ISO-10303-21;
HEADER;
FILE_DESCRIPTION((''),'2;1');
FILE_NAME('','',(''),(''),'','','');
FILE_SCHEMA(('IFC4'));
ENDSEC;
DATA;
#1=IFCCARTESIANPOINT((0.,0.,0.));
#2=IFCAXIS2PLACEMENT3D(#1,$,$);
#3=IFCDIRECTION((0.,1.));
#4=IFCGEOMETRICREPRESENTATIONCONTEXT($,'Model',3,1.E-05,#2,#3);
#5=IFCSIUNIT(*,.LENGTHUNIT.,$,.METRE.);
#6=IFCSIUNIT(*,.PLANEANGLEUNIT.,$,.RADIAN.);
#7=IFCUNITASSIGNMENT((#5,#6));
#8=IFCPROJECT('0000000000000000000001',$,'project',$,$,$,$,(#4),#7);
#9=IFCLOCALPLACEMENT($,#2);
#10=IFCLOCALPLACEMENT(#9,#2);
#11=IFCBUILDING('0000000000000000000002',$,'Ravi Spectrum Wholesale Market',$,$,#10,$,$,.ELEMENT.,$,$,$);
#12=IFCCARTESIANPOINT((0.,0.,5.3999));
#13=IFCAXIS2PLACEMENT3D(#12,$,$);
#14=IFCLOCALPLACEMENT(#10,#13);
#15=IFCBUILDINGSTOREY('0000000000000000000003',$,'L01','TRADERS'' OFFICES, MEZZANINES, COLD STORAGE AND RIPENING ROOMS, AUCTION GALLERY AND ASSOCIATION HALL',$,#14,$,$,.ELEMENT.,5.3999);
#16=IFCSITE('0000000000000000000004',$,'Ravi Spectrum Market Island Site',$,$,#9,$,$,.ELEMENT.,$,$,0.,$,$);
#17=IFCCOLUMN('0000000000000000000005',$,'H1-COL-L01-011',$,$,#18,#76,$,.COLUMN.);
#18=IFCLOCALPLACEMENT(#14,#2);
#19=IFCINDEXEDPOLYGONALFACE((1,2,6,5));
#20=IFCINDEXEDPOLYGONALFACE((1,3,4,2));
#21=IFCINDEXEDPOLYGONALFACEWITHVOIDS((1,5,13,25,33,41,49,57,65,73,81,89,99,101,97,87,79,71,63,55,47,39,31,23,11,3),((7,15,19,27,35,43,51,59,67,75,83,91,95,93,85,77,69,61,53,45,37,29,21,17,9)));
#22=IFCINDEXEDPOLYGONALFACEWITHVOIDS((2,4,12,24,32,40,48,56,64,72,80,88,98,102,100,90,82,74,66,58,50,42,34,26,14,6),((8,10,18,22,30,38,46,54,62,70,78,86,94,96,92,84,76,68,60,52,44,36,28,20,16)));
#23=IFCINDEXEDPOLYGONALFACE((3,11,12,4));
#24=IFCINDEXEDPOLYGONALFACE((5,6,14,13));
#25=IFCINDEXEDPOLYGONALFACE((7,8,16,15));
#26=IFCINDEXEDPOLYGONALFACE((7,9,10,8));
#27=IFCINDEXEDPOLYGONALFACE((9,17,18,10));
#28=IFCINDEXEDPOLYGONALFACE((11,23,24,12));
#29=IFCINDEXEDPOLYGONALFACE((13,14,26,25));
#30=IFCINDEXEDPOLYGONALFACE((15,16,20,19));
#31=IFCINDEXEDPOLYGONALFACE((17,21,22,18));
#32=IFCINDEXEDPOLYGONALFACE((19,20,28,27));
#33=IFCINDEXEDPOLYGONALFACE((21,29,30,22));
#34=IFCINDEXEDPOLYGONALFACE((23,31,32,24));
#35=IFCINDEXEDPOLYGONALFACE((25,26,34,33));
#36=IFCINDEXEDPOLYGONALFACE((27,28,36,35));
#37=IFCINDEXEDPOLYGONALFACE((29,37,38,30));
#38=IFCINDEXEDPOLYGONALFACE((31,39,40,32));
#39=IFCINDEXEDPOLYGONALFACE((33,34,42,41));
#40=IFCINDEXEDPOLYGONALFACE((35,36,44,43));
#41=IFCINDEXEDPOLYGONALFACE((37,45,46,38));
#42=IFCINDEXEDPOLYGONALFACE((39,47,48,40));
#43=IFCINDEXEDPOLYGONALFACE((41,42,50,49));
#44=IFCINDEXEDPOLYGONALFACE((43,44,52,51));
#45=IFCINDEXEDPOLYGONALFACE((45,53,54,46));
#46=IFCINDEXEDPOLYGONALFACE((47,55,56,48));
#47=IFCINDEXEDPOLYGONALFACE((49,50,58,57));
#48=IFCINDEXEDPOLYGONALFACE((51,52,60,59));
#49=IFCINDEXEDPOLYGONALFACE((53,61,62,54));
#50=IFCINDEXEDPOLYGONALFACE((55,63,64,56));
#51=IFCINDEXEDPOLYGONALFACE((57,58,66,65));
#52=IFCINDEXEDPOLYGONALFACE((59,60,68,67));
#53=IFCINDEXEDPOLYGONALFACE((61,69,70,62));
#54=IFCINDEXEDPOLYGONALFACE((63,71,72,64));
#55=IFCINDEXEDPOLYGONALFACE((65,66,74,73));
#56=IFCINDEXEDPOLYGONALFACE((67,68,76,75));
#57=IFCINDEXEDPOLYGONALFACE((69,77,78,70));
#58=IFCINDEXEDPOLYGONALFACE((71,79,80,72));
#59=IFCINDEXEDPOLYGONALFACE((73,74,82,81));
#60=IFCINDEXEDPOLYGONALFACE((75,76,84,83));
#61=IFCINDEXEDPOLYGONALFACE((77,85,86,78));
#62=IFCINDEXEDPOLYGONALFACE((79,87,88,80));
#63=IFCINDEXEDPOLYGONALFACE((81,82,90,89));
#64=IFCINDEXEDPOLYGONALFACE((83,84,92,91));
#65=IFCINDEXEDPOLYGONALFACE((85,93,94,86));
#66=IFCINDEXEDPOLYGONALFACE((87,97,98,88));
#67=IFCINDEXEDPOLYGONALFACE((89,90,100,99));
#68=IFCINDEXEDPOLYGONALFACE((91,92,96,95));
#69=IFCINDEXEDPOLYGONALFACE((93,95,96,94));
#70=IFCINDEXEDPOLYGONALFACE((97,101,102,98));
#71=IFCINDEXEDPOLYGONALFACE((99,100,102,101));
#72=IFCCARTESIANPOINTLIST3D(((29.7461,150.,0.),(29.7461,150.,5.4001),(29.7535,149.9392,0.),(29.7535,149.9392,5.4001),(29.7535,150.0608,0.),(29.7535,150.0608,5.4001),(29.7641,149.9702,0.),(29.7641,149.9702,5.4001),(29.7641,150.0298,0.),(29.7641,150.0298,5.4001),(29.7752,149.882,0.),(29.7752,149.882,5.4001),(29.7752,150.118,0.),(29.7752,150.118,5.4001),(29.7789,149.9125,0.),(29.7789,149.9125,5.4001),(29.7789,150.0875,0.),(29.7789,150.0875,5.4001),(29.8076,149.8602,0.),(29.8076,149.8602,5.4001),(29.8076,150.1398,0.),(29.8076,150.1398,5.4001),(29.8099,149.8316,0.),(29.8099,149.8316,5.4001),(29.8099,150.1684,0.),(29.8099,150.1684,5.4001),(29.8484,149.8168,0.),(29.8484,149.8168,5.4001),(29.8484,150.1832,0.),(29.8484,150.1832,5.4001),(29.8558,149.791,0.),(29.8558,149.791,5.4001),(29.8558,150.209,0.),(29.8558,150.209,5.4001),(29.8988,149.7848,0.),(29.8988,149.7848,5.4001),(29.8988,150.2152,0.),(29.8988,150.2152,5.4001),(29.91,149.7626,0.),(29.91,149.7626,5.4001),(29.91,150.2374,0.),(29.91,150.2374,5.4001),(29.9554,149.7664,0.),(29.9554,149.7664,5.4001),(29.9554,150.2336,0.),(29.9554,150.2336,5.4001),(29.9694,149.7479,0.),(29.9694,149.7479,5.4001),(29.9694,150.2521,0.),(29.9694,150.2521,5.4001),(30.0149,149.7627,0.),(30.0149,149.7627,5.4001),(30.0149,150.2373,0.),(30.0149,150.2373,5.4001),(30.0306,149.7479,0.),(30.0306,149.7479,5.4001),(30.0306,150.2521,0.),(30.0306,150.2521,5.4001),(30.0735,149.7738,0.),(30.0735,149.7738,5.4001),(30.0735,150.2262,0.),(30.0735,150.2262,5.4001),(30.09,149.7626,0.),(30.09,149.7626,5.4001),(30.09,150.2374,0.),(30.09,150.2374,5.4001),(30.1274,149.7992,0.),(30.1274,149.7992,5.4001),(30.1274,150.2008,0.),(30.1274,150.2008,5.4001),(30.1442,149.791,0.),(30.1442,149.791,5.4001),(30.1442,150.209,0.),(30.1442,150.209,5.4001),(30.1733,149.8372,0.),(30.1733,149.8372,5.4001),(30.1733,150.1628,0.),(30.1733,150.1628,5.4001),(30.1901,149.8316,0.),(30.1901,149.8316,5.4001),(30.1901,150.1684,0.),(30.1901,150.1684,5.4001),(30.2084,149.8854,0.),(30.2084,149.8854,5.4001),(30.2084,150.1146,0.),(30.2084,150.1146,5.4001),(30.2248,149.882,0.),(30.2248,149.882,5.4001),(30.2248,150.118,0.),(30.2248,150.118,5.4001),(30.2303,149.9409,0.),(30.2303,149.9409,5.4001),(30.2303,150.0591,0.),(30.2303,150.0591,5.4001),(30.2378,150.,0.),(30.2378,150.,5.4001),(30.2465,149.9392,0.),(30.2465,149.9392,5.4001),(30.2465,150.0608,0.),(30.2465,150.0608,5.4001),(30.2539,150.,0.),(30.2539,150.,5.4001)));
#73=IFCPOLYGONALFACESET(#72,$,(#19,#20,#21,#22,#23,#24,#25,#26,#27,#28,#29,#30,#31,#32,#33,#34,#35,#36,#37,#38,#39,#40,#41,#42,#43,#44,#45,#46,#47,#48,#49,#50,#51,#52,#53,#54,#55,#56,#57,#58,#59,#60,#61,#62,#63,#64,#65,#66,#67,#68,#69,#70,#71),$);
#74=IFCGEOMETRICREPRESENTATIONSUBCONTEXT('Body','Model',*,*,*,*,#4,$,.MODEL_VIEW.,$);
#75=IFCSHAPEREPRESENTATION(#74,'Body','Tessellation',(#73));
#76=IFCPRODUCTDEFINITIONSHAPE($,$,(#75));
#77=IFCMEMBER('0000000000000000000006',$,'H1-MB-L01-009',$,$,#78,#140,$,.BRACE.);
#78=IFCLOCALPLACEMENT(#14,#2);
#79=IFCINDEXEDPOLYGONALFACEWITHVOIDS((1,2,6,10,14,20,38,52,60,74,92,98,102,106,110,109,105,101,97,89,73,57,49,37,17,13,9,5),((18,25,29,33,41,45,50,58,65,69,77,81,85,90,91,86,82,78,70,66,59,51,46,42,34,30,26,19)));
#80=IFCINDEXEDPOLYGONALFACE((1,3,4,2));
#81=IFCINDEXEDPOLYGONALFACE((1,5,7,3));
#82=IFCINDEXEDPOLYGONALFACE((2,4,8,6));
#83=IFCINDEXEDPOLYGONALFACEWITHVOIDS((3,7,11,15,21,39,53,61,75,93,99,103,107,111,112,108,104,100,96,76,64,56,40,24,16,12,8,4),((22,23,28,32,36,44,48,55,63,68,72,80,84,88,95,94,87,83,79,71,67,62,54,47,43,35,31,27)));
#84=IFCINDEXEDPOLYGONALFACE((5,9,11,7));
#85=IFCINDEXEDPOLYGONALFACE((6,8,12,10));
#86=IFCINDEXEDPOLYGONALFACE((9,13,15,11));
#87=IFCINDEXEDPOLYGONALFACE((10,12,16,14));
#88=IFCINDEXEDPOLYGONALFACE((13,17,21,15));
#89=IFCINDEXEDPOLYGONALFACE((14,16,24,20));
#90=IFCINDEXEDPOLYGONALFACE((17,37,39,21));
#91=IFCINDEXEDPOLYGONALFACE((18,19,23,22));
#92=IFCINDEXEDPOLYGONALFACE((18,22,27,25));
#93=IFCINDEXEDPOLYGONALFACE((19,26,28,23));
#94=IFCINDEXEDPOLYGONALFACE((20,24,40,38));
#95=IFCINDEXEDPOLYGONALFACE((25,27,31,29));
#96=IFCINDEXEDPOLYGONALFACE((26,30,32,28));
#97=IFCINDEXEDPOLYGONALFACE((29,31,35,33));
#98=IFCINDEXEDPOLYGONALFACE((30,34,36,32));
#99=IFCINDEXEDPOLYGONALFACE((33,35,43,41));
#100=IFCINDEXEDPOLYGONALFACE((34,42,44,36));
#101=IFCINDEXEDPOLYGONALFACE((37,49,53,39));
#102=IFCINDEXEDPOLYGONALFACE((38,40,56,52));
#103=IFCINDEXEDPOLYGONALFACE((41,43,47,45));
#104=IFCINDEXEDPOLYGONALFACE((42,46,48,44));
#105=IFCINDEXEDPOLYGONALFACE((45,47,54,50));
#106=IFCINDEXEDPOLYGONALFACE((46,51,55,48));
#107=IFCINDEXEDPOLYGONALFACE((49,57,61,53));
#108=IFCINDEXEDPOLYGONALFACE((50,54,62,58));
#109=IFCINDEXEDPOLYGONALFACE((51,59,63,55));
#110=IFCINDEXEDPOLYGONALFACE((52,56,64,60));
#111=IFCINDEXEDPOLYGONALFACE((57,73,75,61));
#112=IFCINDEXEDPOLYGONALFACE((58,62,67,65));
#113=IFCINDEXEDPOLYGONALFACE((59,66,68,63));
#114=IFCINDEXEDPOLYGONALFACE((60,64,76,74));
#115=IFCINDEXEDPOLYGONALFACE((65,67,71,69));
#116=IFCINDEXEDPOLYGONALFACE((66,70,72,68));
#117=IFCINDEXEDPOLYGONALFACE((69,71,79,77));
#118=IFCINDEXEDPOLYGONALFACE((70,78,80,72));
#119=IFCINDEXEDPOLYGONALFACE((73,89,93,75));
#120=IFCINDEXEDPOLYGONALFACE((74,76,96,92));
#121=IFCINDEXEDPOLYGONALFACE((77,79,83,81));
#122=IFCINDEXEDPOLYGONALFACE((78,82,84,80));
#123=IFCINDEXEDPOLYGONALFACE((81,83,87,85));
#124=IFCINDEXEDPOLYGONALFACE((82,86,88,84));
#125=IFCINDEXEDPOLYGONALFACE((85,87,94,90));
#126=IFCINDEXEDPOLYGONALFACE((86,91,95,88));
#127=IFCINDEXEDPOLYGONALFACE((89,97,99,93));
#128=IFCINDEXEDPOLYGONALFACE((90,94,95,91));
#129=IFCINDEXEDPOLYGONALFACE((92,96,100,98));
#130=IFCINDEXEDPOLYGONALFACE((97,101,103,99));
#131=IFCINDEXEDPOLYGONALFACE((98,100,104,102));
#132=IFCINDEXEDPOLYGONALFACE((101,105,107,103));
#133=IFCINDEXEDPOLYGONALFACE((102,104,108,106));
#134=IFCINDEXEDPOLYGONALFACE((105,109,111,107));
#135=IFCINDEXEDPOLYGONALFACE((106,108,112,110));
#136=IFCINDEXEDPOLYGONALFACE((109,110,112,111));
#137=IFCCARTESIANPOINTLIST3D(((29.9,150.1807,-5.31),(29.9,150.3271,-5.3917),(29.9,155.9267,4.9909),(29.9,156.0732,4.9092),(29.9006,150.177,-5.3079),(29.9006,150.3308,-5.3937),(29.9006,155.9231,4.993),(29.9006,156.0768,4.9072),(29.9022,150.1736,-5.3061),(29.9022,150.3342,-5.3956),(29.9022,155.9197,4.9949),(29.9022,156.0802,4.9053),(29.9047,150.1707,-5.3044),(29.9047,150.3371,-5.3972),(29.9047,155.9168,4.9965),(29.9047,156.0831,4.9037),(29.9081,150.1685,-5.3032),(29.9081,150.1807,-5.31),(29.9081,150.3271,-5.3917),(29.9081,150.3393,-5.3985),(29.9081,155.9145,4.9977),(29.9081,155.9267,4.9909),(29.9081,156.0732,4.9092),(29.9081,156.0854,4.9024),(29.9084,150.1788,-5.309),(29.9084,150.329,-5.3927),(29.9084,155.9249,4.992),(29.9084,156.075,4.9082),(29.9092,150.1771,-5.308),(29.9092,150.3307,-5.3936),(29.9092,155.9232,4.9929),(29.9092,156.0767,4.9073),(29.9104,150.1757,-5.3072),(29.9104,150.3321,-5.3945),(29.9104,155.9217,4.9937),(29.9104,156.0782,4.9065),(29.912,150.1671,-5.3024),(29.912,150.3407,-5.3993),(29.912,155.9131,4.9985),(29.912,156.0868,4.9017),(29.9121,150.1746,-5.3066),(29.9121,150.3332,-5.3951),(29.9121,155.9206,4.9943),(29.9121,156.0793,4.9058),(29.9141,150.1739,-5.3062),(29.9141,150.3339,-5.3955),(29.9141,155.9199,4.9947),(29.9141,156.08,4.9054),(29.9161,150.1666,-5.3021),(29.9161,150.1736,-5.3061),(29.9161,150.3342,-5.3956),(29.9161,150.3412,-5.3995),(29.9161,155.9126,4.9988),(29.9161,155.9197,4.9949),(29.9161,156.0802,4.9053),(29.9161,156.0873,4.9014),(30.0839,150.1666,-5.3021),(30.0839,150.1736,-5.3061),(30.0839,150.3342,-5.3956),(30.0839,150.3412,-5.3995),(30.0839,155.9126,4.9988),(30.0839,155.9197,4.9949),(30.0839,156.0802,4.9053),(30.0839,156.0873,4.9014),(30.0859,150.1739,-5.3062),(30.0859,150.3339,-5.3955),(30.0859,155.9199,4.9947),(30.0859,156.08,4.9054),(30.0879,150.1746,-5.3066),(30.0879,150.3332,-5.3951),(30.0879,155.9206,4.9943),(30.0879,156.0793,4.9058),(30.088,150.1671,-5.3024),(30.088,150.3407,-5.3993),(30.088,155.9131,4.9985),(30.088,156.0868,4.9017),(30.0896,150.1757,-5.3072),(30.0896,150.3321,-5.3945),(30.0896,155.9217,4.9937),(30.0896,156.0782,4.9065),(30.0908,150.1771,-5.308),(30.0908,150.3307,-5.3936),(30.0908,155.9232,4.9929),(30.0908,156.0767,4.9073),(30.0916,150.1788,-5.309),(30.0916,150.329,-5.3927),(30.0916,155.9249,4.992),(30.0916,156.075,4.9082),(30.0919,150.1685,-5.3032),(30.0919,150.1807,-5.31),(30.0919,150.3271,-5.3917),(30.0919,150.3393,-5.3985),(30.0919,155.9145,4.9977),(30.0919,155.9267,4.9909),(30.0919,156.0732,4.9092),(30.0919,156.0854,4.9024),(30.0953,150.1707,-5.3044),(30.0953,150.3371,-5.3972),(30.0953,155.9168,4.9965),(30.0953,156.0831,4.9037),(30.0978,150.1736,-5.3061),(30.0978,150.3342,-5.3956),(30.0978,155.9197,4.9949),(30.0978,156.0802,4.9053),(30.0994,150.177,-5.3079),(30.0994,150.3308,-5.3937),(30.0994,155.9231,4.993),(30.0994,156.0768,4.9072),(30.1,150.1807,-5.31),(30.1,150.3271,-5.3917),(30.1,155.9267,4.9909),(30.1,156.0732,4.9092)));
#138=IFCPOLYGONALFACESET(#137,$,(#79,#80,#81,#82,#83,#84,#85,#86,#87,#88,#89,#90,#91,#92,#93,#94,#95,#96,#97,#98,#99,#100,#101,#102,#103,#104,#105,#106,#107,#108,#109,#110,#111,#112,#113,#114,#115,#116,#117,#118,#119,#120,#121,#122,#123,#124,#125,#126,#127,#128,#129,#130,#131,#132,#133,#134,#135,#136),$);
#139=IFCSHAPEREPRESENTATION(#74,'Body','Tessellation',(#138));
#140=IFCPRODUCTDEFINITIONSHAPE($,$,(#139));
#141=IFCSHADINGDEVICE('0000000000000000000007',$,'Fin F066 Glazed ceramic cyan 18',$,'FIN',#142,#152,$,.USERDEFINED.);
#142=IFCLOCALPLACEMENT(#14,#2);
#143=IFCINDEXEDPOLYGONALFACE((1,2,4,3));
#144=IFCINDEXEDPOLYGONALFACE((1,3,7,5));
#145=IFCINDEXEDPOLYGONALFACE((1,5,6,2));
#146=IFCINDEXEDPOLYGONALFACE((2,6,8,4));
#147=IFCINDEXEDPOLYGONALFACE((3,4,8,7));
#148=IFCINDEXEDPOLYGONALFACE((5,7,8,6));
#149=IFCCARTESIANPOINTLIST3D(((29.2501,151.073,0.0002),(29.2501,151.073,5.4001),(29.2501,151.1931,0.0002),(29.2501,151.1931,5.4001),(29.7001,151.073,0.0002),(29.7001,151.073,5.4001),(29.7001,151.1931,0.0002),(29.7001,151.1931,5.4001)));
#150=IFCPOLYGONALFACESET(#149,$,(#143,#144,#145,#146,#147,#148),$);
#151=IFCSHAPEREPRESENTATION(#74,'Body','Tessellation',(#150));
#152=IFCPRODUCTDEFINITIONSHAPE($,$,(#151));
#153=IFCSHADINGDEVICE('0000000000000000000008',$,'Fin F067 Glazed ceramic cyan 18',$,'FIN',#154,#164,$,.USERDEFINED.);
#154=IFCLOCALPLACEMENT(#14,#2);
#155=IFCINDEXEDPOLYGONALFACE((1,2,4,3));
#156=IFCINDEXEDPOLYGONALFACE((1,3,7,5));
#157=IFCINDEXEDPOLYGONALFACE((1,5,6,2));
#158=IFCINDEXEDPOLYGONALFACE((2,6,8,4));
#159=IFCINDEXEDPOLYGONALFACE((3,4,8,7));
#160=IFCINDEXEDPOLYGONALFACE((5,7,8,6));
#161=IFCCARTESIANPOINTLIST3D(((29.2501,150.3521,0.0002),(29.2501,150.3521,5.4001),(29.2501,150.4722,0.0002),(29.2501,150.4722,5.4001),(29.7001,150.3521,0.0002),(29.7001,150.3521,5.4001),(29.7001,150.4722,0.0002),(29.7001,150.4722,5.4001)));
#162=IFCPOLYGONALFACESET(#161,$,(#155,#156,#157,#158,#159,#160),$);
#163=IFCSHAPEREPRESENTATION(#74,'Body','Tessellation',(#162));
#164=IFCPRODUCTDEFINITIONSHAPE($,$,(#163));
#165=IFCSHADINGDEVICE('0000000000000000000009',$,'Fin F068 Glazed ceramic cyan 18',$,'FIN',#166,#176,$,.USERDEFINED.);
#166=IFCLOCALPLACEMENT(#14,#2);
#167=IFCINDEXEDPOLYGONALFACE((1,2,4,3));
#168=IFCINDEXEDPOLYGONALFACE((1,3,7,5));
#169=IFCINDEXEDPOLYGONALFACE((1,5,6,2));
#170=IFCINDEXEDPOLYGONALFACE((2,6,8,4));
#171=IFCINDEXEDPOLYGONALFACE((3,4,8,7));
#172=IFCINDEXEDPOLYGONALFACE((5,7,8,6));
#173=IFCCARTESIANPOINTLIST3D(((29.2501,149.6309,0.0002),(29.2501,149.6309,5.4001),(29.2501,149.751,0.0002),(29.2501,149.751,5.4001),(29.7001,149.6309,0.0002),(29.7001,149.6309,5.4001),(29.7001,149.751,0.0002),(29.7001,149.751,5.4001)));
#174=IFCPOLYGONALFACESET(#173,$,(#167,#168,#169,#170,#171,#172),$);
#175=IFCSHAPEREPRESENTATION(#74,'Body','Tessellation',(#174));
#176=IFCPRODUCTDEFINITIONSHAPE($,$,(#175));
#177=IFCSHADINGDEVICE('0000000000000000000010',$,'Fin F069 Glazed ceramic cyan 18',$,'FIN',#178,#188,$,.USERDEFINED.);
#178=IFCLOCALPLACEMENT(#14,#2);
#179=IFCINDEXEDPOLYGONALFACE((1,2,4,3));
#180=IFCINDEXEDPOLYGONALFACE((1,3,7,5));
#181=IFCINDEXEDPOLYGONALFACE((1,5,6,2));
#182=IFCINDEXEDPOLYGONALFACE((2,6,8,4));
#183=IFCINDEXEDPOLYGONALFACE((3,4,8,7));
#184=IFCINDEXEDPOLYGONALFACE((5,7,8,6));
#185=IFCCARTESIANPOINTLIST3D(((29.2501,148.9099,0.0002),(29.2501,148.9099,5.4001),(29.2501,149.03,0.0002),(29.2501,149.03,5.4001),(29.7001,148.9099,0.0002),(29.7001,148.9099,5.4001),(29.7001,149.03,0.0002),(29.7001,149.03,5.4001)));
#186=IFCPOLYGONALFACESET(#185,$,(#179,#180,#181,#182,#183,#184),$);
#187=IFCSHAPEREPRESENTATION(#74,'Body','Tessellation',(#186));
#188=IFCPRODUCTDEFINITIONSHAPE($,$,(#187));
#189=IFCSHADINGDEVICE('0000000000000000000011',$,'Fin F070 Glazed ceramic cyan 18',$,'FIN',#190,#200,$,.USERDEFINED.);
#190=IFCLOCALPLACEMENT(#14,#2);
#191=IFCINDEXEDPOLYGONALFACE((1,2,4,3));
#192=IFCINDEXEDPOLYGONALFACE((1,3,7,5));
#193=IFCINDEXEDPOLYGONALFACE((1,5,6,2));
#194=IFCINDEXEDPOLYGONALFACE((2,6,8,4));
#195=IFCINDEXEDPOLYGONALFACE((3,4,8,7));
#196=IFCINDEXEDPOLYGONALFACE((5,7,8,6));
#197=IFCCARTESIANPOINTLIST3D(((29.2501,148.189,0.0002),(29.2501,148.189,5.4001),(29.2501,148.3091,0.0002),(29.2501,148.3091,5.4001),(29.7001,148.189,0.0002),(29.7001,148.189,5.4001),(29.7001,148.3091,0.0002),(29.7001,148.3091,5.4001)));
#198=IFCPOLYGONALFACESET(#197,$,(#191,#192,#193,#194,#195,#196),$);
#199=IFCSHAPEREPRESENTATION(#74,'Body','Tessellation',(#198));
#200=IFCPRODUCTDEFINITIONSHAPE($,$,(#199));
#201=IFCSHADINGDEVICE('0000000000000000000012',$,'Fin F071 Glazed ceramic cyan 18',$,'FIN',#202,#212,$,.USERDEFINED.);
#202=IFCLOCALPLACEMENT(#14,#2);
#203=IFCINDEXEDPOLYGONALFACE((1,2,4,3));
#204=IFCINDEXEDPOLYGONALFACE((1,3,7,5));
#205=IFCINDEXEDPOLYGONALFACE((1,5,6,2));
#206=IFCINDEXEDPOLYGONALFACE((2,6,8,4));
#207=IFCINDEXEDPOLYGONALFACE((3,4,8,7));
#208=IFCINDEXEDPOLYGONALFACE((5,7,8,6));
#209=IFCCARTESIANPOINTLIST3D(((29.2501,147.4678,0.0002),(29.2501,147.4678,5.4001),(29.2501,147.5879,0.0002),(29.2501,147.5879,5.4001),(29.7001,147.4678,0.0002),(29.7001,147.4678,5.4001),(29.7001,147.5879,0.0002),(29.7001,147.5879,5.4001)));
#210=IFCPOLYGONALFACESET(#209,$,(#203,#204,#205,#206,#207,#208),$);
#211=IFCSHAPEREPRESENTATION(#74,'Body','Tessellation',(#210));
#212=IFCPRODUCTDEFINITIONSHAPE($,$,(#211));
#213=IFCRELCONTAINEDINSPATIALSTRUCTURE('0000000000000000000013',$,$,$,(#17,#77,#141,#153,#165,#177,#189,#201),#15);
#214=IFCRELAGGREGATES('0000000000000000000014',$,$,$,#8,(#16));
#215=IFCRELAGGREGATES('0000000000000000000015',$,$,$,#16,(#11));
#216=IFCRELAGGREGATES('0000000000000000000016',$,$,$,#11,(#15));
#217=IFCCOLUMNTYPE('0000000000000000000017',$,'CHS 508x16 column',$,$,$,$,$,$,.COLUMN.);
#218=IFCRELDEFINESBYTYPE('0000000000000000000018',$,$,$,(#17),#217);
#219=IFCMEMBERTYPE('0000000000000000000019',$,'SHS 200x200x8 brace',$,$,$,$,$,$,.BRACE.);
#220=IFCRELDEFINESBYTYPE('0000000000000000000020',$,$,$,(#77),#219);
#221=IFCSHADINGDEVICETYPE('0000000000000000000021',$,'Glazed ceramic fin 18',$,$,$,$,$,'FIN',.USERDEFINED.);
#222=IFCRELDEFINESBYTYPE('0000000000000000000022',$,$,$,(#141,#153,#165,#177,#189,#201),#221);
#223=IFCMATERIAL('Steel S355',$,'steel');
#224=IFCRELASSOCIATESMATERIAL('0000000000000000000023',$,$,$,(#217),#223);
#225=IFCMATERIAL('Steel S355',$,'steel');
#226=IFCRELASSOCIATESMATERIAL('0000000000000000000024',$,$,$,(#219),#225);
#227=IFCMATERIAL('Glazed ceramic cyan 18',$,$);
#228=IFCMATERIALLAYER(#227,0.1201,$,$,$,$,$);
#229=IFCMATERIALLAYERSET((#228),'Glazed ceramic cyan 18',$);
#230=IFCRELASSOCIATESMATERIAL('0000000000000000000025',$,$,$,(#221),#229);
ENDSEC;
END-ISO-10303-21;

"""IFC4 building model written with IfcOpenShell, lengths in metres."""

from ifc_helpers import new_model, si_unit, direction, frame, origin, origin_2d, place, context, subcontext, project, spatial, rectangle, hollow_rectangle, hollow_circle, extrude, material, layer, layer_set, material_profile, profile_set, type_object, element, save


model = new_model("IFC4")

# Units and contexts
model_context = context("Model", 3, precision=1e-05, world=origin(), true_north=direction((0.0, 1.0)))
body_context = subcontext(model_context, "Body", "Model", "MODEL_VIEW")
ifc_project = project(units=[si_unit("LENGTHUNIT", "METRE"), si_unit("PLANEANGLEUNIT", "RADIAN")], contexts=[model_context])

# Site, building, storey
site_placement = place(None, origin())
site = spatial("IfcSite", under=ifc_project, at=site_placement, Name="Ravi Spectrum Market Island Site", CompositionType="ELEMENT", RefElevation=0.0)
building_placement = place(site_placement, origin())
building = spatial("IfcBuilding", under=site, at=building_placement, Name="Ravi Spectrum Wholesale Market", CompositionType="ELEMENT")
storey_placement = place(building_placement, frame((0.0, 0.0, 5.3999)))
storey = spatial("IfcBuildingStorey", under=building, at=storey_placement, Name="L01", Description="TRADERS' OFFICES, MEZZANINES, COLD STORAGE AND RIPENING ROOMS, AUCTION GALLERY AND ASSOCIATION HALL", CompositionType="ELEMENT", Elevation=5.3999)

# Column
ifc_material_1 = material(Name="Steel S355", Category="steel")
ifc_material_profile_1 = material_profile(ifc_material_1, hollow_circle(Radius=0.2539, WallThickness=0.0161, at=origin_2d()))
ifc_profile_set_1 = profile_set([ifc_material_profile_1], Name="Steel S355")
column_type = type_object("IfcColumnType", Name="CHS 508x16 column", PredefinedType="COLUMN", material=ifc_profile_set_1)
column_placement = place(storey_placement, frame((30.0, 150.0, 0.0), z_axis=(0.0, 0.0, 1.0), x_axis=(1.0, 0.0, 0.0)))
element("IfcColumn", 1, at=column_placement, inside=storey, type_object=column_type, Name="H1-COL-L01-011", PredefinedType="COLUMN", context=body_context, shape_type="SweptSolid", body=[
    extrude(hollow_circle(Radius=0.2539, WallThickness=0.0161, at=origin_2d()), origin(), (0.0, 0.0, 1.0), 5.4001),
])

# Member
ifc_material_2 = material(Name="Steel S355", Category="steel")
ifc_material_profile_2 = material_profile(ifc_material_2, hollow_rectangle(XDim=0.2, YDim=0.2, WallThickness=0.0081, InnerFilletRadius=0.0081, OuterFilletRadius=0.0161, at=origin_2d()))
ifc_profile_set_2 = profile_set([ifc_material_profile_2], Name="Steel S355")
member_type = type_object("IfcMemberType", Name="SHS 200x200x8 brace", PredefinedType="BRACE", material=ifc_profile_set_2)
member_placement = place(storey_placement, frame((30.0, 150.2539, -5.3508), z_axis=(0.0, 0.487152, 0.873317), x_axis=(-1.0, 0.0, 0.0)))
element("IfcMember", 2, at=member_placement, inside=storey, type_object=member_type, Name="H1-MB-L01-009", PredefinedType="BRACE", context=body_context, shape_type="SweptSolid", body=[
    extrude(hollow_rectangle(XDim=0.2, YDim=0.2, WallThickness=0.0081, InnerFilletRadius=0.0081, OuterFilletRadius=0.0161, at=origin_2d()), origin(), (0.0, 0.0, 1.0), 11.7952),
])

# Shading devices
ifc_material_3 = material(Name="Glazed ceramic cyan 18")
ifc_layer = layer(ifc_material_3, 0.1201)
ifc_layer_set = layer_set([ifc_layer], Name="Glazed ceramic cyan 18")
shading_device_type = type_object("IfcShadingDeviceType", Name="Glazed ceramic fin 18", ElementType="FIN", PredefinedType="USERDEFINED", material=ifc_layer_set)
for number, where, z_axis, x_axis, name in (
    (3, (29.4751, 151.1331, 0.0002), (0.0, 0.0, 1.0), (0.0, -1.0, 0.0), "Fin F066 Glazed ceramic cyan 18"),
    (4, (29.4751, 150.4121, 0.0002), (0.0, 0.0, 1.0), (0.0, -1.0, 0.0), "Fin F067 Glazed ceramic cyan 18"),
    (5, (29.4751, 149.6909, 0.0002), (0.0, 0.0, 1.0), (0.0, -1.0, 0.0), "Fin F068 Glazed ceramic cyan 18"),
    (6, (29.4751, 148.97, 0.0002), (0.0, 0.0, 1.0), (0.0, -1.0, 0.0), "Fin F069 Glazed ceramic cyan 18"),
    (7, (29.4751, 148.249, 0.0002), (0.0, 0.0, 1.0), (0.0, -1.0, 0.0), "Fin F070 Glazed ceramic cyan 18"),
    (8, (29.4751, 147.5278, 0.0002), (0.0, 0.0, 1.0), (0.0, -1.0, 0.0), "Fin F071 Glazed ceramic cyan 18"),
):
    element("IfcShadingDevice", number, at=place(storey_placement, frame(where, z_axis=z_axis, x_axis=x_axis)), inside=storey, type_object=shading_device_type, Name=name, ObjectType="FIN", PredefinedType="USERDEFINED", context=body_context, shape_type="SweptSolid", body=[
        extrude(rectangle(XDim=0.1201, YDim=0.45, at=origin_2d()), origin(), (0.0, 0.0, 1.0), 5.3999),
    ])

save(model, "model.ifc")
